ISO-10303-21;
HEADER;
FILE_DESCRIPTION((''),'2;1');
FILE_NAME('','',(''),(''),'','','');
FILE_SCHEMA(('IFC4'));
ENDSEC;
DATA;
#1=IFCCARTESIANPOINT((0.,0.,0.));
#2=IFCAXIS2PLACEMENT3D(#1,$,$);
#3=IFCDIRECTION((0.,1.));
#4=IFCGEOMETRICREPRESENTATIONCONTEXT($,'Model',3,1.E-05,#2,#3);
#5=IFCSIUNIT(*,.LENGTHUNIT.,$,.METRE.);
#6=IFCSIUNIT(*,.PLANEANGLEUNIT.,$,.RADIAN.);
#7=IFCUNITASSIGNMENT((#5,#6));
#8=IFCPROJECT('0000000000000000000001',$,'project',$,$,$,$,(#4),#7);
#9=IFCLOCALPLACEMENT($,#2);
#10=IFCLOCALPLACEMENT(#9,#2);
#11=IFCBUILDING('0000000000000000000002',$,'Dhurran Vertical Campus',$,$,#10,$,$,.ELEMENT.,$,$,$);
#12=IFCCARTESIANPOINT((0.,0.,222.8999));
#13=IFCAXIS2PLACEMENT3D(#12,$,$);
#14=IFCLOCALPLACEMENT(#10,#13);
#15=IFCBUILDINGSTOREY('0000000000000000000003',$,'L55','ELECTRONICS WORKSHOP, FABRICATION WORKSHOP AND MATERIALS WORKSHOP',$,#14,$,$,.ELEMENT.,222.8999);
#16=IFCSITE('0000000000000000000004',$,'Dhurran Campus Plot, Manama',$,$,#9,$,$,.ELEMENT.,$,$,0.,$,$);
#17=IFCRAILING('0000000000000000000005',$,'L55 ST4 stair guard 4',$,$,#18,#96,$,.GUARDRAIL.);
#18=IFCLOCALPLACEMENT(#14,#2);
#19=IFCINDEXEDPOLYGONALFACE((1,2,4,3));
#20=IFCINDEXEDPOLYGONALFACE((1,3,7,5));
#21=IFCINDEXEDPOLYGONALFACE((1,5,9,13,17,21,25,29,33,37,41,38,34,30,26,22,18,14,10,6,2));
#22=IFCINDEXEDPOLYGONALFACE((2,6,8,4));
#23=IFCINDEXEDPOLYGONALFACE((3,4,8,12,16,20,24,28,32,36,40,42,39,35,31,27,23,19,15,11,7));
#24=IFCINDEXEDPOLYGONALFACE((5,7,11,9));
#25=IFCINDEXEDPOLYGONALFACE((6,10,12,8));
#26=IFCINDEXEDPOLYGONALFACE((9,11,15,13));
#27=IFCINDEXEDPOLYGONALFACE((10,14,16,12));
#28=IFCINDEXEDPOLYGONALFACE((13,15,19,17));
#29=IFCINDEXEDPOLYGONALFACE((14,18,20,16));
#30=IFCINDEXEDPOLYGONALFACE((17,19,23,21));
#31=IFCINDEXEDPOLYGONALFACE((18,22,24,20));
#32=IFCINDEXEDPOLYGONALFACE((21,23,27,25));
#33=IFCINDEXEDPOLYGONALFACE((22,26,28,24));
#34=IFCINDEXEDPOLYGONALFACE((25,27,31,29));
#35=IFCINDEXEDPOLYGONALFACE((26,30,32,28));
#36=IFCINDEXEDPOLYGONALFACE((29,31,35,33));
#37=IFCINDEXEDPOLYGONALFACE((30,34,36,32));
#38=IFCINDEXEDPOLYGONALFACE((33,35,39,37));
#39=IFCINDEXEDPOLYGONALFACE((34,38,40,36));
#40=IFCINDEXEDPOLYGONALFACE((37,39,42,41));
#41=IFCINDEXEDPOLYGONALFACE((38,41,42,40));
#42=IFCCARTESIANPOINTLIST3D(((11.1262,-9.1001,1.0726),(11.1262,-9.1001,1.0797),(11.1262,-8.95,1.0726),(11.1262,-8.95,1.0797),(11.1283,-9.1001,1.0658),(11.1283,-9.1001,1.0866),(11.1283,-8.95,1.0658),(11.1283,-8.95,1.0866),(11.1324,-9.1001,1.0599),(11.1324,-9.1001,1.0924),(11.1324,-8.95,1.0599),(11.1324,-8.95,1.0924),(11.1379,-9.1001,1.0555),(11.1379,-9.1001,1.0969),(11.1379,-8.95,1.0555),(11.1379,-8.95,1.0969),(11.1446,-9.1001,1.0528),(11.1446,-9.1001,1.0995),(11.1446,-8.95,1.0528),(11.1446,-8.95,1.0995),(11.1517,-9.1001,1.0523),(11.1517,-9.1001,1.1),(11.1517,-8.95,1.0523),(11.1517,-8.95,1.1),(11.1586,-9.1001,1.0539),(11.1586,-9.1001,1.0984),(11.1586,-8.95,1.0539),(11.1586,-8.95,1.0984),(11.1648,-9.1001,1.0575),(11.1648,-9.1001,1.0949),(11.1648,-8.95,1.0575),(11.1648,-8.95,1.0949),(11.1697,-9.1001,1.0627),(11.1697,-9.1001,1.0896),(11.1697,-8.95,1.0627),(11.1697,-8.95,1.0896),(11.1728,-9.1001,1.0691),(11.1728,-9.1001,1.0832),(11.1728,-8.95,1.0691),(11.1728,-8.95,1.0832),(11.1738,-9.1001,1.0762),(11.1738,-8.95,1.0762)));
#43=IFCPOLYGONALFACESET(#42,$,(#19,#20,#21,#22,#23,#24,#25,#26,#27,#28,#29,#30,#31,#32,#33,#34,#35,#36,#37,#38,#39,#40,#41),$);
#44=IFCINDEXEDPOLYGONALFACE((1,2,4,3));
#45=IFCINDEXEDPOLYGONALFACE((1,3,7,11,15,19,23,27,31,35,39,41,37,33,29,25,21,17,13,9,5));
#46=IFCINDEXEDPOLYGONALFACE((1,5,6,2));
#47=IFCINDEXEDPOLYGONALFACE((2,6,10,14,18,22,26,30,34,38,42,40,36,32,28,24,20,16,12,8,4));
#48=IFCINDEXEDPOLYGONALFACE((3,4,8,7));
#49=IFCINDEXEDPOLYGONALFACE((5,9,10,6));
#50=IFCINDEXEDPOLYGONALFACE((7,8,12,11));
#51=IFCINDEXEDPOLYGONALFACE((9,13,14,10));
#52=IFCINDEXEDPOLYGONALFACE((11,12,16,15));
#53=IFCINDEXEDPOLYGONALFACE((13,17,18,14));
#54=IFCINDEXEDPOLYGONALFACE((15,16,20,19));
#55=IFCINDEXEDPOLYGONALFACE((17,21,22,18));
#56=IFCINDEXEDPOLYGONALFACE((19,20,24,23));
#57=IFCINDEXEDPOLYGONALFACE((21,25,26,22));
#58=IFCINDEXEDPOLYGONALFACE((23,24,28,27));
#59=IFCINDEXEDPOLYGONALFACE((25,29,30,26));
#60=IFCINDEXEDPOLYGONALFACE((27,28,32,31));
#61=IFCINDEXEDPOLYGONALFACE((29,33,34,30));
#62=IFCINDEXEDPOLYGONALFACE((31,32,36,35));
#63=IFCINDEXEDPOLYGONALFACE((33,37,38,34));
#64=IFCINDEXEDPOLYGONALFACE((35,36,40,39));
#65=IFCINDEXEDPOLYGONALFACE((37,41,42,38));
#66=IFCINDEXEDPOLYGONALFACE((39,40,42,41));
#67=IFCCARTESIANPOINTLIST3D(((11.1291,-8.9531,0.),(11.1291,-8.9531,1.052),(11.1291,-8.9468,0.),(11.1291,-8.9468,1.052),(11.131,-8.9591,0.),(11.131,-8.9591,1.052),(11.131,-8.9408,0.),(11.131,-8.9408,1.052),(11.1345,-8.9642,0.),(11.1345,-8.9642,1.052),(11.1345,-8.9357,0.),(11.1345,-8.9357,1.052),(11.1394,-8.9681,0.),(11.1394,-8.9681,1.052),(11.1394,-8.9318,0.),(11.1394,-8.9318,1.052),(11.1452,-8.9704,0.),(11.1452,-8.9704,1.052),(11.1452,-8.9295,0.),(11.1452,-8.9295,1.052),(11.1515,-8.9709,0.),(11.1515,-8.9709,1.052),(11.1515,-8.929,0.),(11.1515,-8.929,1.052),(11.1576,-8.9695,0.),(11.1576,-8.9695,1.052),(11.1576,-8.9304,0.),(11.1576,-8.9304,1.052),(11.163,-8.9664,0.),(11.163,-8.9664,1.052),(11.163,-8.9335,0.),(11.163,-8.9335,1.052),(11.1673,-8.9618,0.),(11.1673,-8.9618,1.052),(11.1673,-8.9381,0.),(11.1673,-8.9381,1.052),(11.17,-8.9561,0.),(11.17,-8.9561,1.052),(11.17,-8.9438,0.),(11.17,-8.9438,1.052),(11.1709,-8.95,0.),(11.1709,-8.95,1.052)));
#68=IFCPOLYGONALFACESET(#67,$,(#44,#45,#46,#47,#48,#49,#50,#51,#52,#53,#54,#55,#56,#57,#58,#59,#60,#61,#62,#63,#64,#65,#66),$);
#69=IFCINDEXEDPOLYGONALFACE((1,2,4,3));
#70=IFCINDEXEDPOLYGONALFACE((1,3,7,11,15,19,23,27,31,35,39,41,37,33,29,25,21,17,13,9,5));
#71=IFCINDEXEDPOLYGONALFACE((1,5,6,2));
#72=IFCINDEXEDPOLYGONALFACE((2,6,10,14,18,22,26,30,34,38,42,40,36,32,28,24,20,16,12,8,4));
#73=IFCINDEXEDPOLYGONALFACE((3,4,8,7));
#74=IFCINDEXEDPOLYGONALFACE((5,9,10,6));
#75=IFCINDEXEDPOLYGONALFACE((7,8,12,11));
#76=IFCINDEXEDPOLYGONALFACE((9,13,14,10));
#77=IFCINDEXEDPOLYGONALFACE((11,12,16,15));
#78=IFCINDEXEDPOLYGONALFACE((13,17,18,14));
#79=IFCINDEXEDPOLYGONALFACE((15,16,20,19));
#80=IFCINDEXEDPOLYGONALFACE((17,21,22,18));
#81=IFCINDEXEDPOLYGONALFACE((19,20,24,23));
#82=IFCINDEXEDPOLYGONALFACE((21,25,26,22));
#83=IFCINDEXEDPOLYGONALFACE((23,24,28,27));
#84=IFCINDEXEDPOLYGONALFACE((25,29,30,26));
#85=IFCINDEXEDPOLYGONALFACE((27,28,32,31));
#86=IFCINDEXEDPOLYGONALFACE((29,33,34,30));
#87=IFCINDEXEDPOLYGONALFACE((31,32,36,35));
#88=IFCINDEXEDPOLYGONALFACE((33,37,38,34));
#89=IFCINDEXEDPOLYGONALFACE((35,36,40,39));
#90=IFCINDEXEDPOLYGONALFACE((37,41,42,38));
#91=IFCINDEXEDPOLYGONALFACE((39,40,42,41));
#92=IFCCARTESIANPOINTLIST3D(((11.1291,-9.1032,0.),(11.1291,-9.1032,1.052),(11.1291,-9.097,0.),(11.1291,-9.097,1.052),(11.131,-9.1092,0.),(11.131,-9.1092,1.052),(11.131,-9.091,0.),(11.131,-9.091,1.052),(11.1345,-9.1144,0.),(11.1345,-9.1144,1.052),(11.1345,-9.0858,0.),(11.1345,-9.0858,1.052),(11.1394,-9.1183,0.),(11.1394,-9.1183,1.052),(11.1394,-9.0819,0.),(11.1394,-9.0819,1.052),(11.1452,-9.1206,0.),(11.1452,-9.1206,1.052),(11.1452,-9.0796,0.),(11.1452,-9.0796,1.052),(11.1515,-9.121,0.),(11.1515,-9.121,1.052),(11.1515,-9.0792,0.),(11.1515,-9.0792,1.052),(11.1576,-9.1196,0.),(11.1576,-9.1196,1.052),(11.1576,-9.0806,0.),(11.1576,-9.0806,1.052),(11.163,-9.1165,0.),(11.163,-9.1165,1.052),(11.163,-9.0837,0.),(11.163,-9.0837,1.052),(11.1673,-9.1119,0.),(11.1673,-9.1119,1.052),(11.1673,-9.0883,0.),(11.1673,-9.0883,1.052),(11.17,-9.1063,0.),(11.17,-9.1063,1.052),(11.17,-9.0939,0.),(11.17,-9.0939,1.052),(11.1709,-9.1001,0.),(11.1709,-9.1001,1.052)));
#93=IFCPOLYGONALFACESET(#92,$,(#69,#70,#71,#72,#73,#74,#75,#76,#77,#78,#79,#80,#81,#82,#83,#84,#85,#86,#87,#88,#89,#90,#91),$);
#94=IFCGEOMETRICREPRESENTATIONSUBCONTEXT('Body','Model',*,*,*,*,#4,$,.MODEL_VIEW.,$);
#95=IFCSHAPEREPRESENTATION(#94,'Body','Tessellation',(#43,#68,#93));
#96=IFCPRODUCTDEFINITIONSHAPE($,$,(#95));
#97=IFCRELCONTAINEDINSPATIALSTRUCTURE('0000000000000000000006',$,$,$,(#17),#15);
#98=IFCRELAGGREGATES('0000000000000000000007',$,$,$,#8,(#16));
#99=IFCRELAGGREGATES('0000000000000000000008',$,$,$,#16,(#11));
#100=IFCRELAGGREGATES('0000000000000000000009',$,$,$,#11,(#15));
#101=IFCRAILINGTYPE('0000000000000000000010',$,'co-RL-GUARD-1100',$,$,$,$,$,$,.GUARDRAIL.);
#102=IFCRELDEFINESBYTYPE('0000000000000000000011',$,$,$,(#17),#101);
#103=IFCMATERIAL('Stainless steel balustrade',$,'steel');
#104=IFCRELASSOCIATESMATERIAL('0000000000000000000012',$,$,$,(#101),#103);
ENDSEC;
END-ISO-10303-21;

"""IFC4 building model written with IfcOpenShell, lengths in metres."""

from ifc_helpers import new_model, si_unit, direction, frame, origin, origin_2d, place, context, subcontext, project, spatial, circle, extrude, material, type_object, element, save


model = new_model("IFC4")

# Units and contexts
model_context = context("Model", 3, precision=1e-05, world=origin(), true_north=direction((0.0, 1.0)))
body_context = subcontext(model_context, "Body", "Model", "MODEL_VIEW")
ifc_project = project(units=[si_unit("LENGTHUNIT", "METRE"), si_unit("PLANEANGLEUNIT", "RADIAN")], contexts=[model_context])

# Site, building, storey
site_placement = place(None, origin())
site = spatial("IfcSite", under=ifc_project, at=site_placement, Name="Dhurran Campus Plot, Manama", CompositionType="ELEMENT", RefElevation=0.0)
building_placement = place(site_placement, origin())
building = spatial("IfcBuilding", under=site, at=building_placement, Name="Dhurran Vertical Campus", CompositionType="ELEMENT")
storey_placement = place(building_placement, frame((0.0, 0.0, 222.8999)))
storey = spatial("IfcBuildingStorey", under=building, at=storey_placement, Name="L55", Description="ELECTRONICS WORKSHOP, FABRICATION WORKSHOP AND MATERIALS WORKSHOP", CompositionType="ELEMENT", Elevation=222.8999)

# Railing
ifc_material_1 = material(Name="Stainless steel balustrade", Category="steel")
railing_type = type_object("IfcRailingType", Name="co-RL-GUARD-1100", PredefinedType="GUARDRAIL", material=ifc_material_1)
railing_placement = place(storey_placement, frame((11.1499, -8.95, 0.0)))
element("IfcRailing", 1, at=railing_placement, inside=storey, type_object=railing_type, Name="L55 ST4 stair guard 4", PredefinedType="GUARDRAIL", context=body_context, shape_type="SweptSolid", body=[
    extrude(circle(Radius=0.0239, at=origin_2d()), frame((0.0, 0.0, 1.0762), z_axis=(0.0, -1.0, 0.0), x_axis=(1.0, 0.0, 0.0)), (0.0, 0.0, 1.0), 0.1501),
    extrude(circle(Radius=0.021, at=origin_2d()), origin(), (0.0, 0.0, 1.0), 1.052),
    extrude(circle(Radius=0.021, at=origin_2d()), frame((0.0, -0.1501, 0.0)), (0.0, 0.0, 1.0), 1.052),
])

save(model, "model.ifc")
